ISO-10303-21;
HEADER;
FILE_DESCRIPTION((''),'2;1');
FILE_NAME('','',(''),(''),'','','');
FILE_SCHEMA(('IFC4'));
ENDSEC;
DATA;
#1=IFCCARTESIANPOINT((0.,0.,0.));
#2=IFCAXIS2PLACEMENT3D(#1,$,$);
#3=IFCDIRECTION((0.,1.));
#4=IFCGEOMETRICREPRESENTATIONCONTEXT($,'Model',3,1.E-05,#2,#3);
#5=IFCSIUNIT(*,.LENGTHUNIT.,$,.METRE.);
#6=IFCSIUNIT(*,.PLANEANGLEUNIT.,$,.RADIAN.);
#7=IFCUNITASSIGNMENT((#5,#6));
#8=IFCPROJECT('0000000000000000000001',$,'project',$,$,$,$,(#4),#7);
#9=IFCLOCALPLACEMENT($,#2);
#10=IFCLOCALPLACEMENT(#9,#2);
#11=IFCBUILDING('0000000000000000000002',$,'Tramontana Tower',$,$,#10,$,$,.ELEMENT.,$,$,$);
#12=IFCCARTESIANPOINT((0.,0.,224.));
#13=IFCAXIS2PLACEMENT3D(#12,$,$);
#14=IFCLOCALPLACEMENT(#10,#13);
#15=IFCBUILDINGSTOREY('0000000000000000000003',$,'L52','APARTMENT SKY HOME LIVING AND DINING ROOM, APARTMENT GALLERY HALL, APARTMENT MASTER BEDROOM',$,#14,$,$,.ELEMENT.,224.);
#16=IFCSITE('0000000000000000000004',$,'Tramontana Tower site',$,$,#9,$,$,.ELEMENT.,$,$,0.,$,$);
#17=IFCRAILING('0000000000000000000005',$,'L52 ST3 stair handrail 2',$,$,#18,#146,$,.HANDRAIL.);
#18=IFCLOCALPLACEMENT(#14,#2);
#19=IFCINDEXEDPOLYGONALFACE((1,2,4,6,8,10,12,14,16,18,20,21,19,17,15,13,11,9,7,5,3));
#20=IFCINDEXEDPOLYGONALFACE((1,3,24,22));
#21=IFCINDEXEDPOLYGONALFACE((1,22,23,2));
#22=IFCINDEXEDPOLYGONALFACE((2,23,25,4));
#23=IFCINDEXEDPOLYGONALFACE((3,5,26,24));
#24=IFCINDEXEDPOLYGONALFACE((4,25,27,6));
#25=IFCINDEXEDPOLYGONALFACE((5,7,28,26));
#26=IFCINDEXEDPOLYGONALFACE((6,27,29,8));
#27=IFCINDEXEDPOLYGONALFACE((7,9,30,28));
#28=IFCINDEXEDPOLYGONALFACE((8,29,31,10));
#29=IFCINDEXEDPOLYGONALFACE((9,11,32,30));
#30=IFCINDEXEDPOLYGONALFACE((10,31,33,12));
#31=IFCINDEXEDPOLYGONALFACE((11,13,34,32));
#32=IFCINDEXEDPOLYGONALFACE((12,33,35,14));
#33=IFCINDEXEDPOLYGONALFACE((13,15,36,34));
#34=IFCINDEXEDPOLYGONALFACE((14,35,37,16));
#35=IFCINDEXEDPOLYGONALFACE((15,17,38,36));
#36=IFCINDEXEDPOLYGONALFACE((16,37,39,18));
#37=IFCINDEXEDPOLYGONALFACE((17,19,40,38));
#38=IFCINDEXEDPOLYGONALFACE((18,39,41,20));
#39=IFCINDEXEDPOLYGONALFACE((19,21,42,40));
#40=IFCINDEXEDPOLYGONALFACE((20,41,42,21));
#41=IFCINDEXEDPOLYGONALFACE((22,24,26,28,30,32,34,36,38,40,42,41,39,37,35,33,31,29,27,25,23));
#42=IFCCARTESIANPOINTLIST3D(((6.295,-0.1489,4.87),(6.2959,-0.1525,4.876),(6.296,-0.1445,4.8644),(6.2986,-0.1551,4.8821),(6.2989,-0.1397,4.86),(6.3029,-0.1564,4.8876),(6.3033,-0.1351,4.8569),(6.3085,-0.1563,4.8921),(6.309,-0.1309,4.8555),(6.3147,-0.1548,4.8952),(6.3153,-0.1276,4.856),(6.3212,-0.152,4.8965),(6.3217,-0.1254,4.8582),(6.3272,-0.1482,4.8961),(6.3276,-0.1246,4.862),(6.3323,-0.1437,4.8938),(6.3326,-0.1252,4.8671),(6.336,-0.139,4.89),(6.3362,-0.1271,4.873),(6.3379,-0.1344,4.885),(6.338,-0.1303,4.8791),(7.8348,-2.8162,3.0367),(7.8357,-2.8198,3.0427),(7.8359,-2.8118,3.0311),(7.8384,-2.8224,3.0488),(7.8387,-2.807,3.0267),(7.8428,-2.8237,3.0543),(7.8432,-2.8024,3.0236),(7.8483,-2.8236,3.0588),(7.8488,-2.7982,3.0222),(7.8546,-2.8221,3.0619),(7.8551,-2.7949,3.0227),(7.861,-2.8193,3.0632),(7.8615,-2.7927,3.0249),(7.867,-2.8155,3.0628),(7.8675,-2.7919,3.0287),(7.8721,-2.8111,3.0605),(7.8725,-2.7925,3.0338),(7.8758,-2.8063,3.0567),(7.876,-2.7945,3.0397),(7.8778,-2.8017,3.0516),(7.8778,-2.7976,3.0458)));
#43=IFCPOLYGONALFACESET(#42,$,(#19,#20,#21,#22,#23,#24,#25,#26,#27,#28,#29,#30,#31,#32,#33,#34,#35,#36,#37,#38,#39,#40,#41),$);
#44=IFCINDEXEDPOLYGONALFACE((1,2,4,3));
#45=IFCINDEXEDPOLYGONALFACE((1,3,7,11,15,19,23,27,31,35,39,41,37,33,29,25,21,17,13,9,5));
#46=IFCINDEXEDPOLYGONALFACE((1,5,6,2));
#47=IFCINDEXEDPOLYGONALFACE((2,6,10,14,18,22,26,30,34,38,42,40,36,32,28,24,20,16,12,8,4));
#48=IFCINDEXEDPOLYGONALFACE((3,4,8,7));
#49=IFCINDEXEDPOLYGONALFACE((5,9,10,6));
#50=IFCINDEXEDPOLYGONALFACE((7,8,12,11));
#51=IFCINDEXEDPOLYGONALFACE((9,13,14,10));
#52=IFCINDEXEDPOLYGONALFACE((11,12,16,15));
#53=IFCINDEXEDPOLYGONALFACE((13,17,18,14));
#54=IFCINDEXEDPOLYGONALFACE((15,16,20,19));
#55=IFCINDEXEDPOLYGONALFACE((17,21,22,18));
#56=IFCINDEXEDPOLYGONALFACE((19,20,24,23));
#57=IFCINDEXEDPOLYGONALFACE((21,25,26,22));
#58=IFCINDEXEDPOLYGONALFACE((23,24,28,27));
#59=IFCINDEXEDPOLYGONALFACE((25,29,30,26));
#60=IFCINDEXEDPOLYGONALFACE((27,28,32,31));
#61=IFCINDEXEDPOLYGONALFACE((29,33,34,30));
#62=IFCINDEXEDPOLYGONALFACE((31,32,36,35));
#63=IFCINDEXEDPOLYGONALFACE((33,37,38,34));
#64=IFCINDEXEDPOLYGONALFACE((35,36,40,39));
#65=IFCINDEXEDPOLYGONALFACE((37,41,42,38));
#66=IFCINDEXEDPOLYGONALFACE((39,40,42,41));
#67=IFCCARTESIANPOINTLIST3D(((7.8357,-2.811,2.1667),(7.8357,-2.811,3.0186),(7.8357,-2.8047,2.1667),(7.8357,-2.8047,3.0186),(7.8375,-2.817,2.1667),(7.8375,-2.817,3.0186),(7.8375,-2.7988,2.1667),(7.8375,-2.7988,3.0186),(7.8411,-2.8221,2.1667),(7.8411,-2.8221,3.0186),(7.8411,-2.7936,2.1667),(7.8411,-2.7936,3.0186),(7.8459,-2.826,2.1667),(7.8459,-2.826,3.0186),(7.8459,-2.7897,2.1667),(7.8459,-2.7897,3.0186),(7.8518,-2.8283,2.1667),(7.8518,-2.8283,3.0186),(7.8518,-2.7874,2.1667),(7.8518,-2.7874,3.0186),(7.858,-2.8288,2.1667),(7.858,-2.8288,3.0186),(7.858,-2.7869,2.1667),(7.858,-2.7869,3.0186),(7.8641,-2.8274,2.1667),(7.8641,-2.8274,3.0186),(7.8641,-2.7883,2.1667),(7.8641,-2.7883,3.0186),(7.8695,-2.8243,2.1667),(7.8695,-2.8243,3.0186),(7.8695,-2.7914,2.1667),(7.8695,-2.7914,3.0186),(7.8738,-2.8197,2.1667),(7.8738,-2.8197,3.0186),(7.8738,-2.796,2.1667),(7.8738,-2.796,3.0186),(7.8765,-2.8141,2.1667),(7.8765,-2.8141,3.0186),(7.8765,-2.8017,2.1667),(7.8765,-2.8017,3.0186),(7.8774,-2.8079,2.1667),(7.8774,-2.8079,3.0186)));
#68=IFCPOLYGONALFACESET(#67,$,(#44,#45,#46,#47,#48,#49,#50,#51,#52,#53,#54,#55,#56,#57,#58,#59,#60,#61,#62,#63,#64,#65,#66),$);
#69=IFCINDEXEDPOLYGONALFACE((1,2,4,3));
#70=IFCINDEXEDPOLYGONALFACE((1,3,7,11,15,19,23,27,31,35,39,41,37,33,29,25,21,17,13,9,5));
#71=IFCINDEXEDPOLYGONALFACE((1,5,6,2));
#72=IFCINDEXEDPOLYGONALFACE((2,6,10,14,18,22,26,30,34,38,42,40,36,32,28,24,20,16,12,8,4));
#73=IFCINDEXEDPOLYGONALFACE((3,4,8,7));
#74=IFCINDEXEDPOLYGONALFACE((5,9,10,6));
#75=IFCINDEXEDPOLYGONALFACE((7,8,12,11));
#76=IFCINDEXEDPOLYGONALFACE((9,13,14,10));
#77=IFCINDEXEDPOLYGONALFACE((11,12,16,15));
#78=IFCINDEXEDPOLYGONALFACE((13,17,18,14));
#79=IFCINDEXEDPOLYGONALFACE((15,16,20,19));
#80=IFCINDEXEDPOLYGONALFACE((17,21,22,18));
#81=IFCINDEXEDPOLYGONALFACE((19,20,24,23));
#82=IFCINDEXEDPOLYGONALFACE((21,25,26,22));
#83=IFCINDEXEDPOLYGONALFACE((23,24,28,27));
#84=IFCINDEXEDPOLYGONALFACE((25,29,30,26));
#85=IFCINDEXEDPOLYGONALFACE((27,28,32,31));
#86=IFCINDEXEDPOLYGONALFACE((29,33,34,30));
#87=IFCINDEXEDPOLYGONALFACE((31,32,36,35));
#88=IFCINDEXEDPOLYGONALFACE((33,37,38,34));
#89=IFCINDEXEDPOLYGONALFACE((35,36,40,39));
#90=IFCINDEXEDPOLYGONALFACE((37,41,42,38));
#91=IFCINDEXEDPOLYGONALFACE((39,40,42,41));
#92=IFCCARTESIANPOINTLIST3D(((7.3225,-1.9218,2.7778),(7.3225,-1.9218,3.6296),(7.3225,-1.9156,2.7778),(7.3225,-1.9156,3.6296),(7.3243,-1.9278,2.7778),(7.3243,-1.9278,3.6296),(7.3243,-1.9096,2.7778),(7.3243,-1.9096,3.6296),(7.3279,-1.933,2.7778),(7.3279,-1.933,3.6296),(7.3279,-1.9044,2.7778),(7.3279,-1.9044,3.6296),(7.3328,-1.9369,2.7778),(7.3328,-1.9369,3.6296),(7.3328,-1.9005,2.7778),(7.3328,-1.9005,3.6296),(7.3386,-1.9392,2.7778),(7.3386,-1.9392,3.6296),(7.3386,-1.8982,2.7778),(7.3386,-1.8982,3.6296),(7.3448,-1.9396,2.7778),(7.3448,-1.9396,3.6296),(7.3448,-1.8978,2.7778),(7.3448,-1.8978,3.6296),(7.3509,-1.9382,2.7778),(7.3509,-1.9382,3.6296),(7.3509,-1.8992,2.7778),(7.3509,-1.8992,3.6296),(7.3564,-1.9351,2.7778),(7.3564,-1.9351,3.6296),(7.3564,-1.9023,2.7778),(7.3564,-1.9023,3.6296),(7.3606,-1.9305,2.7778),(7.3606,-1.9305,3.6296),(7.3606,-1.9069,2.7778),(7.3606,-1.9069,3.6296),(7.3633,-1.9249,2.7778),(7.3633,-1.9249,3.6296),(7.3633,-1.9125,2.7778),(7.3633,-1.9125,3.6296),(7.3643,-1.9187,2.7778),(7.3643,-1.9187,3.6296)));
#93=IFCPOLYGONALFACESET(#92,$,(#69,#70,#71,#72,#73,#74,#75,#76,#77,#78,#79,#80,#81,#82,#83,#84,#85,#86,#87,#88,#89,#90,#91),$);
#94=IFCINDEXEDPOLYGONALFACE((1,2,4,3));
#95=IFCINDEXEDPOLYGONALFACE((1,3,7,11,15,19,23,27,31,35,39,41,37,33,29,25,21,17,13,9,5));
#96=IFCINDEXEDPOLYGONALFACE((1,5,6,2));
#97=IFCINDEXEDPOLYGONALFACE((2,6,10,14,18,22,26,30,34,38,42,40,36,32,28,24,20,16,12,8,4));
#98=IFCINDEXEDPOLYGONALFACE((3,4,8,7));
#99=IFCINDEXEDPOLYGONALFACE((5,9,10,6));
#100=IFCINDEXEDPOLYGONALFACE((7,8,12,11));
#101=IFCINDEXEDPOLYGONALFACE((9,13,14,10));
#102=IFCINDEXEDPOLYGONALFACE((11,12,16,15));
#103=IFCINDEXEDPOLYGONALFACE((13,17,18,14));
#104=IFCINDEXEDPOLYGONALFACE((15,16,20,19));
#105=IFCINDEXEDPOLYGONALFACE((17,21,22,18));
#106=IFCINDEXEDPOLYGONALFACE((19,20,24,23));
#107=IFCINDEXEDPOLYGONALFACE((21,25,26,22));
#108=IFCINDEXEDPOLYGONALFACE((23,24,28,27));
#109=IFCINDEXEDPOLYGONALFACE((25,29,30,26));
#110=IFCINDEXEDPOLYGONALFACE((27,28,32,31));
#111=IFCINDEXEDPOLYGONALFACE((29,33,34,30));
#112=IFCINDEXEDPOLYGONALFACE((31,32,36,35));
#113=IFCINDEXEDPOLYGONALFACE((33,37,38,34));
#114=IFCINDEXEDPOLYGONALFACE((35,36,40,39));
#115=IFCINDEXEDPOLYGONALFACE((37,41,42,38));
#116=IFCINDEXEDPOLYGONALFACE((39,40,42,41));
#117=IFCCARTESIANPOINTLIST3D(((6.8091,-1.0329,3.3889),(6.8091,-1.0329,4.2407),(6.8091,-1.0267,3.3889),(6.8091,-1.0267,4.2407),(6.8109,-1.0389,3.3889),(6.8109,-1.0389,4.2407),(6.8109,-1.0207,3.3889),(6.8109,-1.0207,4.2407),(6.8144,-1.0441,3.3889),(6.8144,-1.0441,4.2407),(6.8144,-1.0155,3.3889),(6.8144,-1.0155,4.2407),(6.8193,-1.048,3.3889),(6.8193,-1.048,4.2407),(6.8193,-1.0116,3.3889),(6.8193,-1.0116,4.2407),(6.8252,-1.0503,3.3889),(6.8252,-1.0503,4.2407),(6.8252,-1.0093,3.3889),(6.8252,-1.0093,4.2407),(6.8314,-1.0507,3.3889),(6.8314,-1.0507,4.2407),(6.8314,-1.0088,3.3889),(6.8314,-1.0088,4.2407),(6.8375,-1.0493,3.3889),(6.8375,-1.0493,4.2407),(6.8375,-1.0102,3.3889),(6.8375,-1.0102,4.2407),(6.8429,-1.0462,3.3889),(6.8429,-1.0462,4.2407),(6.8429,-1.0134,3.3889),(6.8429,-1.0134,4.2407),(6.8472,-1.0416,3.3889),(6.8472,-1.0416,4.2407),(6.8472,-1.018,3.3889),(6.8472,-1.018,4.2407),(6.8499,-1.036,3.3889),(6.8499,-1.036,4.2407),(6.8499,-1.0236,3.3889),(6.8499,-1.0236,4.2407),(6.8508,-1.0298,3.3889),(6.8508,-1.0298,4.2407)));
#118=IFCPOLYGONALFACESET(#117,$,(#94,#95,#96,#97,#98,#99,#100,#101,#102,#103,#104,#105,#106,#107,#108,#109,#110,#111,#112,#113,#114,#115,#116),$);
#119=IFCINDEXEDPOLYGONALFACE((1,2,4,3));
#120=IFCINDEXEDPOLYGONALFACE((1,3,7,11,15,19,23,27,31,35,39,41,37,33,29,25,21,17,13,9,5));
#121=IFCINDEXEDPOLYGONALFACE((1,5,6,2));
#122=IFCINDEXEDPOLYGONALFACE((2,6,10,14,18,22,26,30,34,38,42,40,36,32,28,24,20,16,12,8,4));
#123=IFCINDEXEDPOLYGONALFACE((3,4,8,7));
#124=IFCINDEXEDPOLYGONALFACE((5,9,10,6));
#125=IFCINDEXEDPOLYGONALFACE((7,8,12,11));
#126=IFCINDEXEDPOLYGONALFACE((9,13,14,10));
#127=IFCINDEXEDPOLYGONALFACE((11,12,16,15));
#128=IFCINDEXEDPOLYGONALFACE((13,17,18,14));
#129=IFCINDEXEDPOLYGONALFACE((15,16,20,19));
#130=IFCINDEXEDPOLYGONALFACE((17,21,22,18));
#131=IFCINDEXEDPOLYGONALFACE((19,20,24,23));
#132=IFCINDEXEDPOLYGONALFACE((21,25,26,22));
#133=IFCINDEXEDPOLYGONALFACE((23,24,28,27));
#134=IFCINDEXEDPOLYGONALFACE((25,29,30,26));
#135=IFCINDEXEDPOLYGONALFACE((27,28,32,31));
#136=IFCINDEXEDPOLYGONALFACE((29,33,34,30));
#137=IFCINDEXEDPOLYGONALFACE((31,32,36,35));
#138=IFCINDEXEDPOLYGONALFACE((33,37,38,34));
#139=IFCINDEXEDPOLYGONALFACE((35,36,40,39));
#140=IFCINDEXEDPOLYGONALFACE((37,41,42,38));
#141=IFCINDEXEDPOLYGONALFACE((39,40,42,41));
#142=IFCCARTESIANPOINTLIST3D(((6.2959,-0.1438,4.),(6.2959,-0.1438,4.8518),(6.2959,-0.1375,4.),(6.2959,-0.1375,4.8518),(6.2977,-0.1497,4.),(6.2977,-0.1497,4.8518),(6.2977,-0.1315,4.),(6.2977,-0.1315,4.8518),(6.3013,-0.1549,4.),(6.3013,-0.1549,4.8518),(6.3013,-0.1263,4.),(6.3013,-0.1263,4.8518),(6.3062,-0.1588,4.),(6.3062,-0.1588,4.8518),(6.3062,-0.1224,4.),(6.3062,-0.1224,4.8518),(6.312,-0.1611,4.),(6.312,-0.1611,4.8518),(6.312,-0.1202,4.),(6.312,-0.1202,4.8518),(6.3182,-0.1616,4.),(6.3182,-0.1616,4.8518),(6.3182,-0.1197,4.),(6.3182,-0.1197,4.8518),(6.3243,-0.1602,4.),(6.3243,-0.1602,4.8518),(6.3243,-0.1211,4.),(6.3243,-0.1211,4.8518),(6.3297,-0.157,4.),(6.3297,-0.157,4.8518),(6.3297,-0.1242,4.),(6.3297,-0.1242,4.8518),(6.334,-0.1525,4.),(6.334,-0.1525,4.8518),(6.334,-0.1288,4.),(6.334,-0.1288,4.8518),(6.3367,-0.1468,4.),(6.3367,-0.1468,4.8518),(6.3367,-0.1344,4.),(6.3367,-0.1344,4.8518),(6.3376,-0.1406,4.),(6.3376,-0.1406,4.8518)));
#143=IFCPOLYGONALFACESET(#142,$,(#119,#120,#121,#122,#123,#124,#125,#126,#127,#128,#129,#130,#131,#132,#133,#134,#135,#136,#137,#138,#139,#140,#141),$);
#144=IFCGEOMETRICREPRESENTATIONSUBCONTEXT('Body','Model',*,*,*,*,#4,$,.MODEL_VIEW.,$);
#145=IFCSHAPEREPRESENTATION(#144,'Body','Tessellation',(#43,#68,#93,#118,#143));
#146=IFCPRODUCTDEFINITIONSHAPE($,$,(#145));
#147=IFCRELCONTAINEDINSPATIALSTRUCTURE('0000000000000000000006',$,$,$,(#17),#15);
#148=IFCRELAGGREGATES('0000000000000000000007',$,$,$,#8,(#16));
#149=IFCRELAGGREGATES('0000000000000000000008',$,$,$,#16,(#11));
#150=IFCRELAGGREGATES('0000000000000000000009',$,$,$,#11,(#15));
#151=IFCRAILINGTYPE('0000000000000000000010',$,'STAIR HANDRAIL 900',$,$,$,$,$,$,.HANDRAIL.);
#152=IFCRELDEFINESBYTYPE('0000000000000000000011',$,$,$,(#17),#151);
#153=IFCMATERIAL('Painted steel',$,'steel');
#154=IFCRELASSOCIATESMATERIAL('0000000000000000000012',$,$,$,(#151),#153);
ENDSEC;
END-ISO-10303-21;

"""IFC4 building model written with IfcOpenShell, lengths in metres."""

from ifc_helpers import new_model, si_unit, direction, frame, origin, origin_2d, place, context, subcontext, project, spatial, circle, extrude, material, type_object, element, save


model = new_model("IFC4")

# Units and contexts
model_context = context("Model", 3, precision=1e-05, world=origin(), true_north=direction((0.0, 1.0)))
body_context = subcontext(model_context, "Body", "Model", "MODEL_VIEW")
ifc_project = project(units=[si_unit("LENGTHUNIT", "METRE"), si_unit("PLANEANGLEUNIT", "RADIAN")], contexts=[model_context])

# Site, building, storey
site_placement = place(None, origin())
site = spatial("IfcSite", under=ifc_project, at=site_placement, Name="Tramontana Tower site", CompositionType="ELEMENT", RefElevation=0.0)
building_placement = place(site_placement, origin())
building = spatial("IfcBuilding", under=site, at=building_placement, Name="Tramontana Tower", CompositionType="ELEMENT")
storey_placement = place(building_placement, frame((0.0, 0.0, 224.0)))
storey = spatial("IfcBuildingStorey", under=building, at=storey_placement, Name="L52", Description="APARTMENT SKY HOME LIVING AND DINING ROOM, APARTMENT GALLERY HALL, APARTMENT MASTER BEDROOM", CompositionType="ELEMENT", Elevation=224.0)

# Railing
ifc_material_1 = material(Name="Painted steel", Category="steel")
railing_type_1 = type_object("IfcRailingType", Name="STAIR HANDRAIL 900", PredefinedType="HANDRAIL", material=ifc_material_1)
railing_1_placement = place(storey_placement, frame((7.8564, -2.8079, 2.1667)))
element("IfcRailing", 1, at=railing_1_placement, inside=storey, type_object=railing_type_1, Name="L52 ST3 stair handrail 2", PredefinedType="HANDRAIL", context=body_context, shape_type="SweptSolid", body=[
    extrude(circle(Radius=0.0239, at=origin_2d()), frame((0.0, 0.0, 0.876), z_axis=(-0.429616, 0.744181, 0.511493), x_axis=(-0.866044, -0.499967, 0.0)), (0.0, 0.0, 1.0), 3.5842),
    extrude(circle(Radius=0.021, at=origin_2d()), origin(), (0.0, 0.0, 1.0), 0.8518),
    extrude(circle(Radius=0.021, at=origin_2d()), frame((-0.5132, 0.8892, 0.6111)), (0.0, 0.0, 1.0), 0.8518),
    extrude(circle(Radius=0.021, at=origin_2d()), frame((-1.0266, 1.7781, 1.2222)), (0.0, 0.0, 1.0), 0.8518),
    extrude(circle(Radius=0.021, at=origin_2d()), frame((-1.5398, 2.6672, 1.8333)), (0.0, 0.0, 1.0), 0.8518),
])

save(model, "model.ifc")
